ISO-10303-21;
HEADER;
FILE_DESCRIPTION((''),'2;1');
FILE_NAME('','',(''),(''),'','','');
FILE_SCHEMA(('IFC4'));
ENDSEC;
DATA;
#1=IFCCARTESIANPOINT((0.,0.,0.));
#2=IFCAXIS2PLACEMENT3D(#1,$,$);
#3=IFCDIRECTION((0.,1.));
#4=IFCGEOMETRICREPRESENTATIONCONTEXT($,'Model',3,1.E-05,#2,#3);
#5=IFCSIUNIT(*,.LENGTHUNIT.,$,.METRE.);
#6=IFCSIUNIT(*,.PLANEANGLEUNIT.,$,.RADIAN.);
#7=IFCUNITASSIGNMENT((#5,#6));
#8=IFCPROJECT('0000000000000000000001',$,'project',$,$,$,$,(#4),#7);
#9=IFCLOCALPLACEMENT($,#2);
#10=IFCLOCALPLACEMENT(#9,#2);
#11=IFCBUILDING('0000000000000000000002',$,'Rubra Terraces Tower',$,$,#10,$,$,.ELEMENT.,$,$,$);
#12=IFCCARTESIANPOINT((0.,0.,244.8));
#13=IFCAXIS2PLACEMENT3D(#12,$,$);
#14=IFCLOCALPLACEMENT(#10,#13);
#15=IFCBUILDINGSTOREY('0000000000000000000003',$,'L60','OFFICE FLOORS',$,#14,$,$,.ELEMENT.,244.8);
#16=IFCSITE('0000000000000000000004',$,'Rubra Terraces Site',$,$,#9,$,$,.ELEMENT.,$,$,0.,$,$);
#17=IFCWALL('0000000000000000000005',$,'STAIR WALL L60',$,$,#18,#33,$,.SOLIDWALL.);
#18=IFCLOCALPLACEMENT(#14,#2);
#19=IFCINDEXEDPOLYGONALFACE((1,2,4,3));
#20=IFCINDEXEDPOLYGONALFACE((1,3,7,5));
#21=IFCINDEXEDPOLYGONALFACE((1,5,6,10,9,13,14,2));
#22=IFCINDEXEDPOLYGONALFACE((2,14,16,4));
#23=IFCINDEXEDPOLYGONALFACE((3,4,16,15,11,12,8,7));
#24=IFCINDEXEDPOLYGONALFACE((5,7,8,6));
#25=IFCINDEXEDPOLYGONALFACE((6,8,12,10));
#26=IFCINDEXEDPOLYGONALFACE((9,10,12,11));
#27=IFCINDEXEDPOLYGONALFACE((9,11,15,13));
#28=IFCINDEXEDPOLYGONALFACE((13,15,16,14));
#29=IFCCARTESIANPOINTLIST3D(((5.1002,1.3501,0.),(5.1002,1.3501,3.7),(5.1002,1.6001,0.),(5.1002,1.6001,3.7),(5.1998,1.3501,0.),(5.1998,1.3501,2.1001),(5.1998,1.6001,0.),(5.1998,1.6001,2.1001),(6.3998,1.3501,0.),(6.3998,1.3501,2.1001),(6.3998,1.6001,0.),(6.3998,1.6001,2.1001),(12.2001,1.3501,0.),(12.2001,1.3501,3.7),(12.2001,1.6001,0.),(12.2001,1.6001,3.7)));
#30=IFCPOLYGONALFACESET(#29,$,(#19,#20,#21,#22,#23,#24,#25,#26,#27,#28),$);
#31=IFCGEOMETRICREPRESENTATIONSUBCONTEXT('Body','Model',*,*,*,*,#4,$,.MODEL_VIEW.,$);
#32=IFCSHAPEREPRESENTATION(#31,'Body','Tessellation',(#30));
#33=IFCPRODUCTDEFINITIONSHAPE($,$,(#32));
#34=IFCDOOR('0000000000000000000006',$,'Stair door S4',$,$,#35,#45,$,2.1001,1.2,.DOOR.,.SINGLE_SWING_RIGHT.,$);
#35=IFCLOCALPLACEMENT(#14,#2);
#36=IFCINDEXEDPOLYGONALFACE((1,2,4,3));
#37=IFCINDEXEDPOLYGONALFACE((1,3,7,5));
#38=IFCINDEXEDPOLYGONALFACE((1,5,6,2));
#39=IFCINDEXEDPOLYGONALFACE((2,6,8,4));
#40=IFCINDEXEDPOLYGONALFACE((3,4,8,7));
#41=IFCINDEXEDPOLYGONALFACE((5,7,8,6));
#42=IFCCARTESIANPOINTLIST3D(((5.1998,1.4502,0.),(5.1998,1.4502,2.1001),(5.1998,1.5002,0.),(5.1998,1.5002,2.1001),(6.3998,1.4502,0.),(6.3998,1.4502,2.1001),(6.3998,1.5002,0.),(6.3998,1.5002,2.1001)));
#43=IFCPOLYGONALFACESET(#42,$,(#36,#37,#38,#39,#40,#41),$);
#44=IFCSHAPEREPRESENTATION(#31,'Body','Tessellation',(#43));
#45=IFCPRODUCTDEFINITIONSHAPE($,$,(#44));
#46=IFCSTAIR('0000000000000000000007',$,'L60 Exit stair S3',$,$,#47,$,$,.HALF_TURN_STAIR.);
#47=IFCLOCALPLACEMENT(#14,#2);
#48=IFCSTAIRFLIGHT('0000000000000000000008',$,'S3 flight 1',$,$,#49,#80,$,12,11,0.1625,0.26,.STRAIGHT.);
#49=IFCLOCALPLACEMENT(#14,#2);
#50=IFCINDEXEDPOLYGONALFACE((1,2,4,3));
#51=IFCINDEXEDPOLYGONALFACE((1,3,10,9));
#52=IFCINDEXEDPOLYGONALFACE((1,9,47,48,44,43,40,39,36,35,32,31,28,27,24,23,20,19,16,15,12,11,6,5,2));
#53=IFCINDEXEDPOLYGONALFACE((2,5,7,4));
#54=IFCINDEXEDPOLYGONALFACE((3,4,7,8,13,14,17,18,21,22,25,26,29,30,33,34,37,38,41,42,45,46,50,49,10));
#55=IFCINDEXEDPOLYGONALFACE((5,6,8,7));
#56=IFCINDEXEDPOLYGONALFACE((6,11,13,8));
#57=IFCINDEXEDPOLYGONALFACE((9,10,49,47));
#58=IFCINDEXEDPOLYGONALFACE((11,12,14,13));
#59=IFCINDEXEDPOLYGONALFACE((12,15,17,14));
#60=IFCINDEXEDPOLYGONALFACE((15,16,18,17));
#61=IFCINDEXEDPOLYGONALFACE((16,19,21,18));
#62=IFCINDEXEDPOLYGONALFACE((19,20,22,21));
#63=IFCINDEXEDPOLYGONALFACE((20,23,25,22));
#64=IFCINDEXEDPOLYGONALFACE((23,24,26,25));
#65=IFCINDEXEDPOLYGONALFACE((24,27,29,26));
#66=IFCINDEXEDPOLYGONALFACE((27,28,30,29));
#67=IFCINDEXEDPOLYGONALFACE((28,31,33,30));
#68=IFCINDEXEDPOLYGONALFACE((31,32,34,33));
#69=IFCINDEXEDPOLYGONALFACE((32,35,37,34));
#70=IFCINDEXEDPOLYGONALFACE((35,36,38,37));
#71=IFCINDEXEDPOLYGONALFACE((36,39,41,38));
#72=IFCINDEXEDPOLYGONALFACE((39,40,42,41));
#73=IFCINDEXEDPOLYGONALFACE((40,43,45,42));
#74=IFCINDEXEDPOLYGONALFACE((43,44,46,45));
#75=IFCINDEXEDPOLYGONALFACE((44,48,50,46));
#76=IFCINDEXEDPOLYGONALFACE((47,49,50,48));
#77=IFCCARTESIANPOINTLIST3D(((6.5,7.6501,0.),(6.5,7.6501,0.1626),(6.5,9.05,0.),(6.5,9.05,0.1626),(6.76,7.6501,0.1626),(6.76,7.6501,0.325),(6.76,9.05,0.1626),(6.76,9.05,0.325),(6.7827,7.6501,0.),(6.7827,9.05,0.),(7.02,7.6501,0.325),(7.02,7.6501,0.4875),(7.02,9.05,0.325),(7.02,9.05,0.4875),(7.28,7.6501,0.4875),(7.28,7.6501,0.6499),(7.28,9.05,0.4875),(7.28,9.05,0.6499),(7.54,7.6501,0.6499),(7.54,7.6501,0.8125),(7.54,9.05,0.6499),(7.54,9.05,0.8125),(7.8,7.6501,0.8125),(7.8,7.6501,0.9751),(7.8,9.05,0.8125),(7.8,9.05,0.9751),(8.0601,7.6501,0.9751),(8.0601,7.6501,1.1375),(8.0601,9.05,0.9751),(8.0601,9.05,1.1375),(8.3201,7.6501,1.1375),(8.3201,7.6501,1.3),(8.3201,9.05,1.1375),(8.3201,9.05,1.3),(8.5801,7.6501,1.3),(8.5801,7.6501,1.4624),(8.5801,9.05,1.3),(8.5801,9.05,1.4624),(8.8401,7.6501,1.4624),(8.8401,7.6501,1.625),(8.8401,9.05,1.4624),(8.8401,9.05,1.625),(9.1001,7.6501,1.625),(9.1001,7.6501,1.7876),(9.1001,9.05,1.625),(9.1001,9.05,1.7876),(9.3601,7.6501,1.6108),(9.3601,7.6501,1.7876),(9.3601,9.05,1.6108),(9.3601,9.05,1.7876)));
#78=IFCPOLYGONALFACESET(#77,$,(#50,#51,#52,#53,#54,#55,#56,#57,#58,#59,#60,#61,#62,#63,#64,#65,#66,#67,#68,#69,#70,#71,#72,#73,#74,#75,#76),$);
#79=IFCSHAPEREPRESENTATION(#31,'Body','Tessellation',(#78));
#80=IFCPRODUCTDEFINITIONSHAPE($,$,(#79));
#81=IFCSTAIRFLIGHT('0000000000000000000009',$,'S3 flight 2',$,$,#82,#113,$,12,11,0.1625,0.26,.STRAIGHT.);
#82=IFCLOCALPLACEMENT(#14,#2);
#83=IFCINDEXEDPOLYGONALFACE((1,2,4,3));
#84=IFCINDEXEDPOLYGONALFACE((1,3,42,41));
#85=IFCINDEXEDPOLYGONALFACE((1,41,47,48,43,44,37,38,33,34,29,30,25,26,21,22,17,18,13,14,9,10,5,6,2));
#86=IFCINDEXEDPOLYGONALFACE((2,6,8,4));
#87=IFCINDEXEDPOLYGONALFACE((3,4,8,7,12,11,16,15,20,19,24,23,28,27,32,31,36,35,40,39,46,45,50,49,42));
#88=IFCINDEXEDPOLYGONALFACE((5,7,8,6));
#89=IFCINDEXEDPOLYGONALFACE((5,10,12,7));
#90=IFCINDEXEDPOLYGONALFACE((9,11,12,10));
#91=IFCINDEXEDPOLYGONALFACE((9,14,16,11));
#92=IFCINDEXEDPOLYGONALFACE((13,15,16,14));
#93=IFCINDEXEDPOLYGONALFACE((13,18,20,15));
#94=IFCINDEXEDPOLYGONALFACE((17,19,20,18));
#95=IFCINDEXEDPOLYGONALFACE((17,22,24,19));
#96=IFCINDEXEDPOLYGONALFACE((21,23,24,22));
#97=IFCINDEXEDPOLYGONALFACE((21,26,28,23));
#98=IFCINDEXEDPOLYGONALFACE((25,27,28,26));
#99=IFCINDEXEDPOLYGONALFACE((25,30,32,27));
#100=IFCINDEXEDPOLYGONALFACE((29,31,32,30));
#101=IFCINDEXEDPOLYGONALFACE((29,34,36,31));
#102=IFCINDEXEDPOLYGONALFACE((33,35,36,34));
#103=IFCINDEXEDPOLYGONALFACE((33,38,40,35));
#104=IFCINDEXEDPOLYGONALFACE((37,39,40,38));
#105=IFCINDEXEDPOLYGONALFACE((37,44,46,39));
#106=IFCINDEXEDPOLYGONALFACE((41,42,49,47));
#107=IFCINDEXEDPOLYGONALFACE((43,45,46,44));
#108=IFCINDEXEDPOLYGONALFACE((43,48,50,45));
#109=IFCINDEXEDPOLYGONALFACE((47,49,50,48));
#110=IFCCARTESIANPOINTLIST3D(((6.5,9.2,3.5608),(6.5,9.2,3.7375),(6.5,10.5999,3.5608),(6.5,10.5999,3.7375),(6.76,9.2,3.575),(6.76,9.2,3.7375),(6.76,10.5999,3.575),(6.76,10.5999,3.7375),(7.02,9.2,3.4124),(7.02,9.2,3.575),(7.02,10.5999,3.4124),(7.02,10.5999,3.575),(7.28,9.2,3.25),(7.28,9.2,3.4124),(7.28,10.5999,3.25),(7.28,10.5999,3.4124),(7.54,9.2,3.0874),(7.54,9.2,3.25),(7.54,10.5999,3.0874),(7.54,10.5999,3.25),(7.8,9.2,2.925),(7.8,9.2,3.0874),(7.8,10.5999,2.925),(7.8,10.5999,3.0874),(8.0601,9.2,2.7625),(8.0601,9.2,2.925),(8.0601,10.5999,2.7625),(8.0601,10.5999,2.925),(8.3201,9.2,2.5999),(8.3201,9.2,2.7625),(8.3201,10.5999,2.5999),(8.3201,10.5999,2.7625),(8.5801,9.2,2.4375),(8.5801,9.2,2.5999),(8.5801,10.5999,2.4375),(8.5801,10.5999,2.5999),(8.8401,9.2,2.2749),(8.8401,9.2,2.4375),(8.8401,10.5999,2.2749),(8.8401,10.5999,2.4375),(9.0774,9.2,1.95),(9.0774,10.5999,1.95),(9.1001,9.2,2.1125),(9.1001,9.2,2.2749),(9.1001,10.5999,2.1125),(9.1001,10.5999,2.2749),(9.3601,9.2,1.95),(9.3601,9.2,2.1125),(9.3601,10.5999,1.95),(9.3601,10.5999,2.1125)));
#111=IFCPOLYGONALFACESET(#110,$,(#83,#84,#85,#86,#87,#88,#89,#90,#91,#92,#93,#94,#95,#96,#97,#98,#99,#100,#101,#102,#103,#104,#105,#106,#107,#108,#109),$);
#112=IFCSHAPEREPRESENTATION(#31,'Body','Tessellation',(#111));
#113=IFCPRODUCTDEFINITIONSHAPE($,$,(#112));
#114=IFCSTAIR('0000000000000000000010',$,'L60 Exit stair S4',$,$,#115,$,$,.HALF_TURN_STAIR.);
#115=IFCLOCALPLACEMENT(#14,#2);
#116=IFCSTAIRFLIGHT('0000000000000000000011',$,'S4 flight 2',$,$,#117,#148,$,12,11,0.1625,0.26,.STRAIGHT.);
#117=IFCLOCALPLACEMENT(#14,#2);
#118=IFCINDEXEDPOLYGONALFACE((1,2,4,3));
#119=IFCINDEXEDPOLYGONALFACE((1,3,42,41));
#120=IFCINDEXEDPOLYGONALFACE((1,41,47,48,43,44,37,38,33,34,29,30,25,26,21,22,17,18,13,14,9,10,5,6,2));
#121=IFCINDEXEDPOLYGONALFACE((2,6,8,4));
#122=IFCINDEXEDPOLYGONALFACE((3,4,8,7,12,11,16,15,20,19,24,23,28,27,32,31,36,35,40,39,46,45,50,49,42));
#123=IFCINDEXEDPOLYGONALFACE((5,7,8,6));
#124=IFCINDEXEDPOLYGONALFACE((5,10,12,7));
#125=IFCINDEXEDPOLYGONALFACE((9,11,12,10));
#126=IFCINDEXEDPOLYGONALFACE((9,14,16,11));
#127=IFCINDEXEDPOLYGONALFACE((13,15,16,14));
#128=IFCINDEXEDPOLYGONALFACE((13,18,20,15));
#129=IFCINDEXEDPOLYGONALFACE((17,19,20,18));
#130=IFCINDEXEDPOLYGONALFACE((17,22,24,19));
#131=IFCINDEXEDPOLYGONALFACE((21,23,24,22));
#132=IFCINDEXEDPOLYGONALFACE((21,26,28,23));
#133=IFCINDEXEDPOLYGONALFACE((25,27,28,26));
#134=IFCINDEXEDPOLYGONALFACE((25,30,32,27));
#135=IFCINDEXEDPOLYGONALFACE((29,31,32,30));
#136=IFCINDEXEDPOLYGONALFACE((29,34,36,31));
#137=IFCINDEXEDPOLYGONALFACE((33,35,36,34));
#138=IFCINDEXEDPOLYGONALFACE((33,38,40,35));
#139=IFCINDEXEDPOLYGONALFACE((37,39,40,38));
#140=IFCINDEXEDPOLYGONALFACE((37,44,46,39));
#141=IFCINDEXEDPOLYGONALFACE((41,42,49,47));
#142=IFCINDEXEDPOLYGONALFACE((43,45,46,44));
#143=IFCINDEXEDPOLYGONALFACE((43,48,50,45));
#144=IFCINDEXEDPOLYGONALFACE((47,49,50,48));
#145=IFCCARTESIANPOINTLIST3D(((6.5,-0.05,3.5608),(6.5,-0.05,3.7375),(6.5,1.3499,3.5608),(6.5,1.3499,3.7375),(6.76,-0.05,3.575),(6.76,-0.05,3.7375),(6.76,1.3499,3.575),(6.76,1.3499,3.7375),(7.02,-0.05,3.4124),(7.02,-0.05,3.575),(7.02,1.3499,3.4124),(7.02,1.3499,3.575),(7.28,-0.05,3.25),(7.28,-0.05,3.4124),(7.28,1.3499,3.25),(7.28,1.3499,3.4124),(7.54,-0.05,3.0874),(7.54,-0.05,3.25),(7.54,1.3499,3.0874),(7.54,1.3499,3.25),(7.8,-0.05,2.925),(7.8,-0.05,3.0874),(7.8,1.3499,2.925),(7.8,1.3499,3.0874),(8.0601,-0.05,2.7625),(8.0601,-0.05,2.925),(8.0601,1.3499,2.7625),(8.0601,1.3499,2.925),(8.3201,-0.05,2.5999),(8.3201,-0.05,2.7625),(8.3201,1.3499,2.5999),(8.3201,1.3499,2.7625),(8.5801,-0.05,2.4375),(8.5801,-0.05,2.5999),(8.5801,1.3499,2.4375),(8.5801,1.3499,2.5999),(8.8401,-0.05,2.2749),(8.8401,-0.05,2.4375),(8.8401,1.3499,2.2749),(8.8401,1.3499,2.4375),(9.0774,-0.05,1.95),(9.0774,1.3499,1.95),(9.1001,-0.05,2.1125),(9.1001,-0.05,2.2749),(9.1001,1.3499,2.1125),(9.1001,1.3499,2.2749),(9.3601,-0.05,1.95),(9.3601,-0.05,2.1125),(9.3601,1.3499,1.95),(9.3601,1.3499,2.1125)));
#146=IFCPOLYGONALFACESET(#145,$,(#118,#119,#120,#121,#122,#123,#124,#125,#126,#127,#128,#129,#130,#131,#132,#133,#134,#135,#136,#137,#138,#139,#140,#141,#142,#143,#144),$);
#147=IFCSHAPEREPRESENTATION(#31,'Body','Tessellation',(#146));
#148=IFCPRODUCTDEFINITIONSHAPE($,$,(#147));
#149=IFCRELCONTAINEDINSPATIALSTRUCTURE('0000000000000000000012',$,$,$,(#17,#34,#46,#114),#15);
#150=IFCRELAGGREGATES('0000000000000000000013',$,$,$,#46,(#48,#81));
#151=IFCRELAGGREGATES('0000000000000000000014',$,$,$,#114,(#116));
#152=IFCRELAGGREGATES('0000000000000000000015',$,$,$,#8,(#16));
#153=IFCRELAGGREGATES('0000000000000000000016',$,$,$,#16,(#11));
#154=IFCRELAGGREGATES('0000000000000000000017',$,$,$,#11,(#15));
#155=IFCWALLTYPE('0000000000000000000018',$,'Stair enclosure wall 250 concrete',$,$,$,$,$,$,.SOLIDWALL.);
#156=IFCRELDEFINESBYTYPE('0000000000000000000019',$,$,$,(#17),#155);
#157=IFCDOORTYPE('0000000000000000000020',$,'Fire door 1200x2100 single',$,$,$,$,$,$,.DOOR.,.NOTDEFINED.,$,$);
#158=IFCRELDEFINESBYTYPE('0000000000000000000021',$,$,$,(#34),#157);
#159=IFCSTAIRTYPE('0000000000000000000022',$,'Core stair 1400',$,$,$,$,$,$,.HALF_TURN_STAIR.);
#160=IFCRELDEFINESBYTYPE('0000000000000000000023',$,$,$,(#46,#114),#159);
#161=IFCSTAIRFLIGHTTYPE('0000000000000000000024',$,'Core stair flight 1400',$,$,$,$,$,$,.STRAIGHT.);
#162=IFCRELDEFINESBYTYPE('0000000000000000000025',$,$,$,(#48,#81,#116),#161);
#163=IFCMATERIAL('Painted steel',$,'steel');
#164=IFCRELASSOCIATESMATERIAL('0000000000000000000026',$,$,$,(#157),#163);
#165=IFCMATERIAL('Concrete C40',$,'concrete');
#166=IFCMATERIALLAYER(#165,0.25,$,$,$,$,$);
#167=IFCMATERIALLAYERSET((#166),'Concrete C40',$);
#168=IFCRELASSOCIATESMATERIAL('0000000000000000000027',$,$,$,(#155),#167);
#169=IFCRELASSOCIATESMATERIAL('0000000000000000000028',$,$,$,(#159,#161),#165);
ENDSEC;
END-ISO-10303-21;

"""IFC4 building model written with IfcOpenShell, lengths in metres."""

from ifc_helpers import new_model, si_unit, direction, frame, frame_2d, origin, place, context, subcontext, project, spatial, polyline, rectangle, outline, extrude, material, layer, layer_set, type_object, element, fill, aggregate, save


model = new_model("IFC4")

# Units and contexts
model_context = context("Model", 3, precision=1e-05, world=origin(), true_north=direction((0.0, 1.0)))
body_context = subcontext(model_context, "Body", "Model", "MODEL_VIEW")
ifc_project = project(units=[si_unit("LENGTHUNIT", "METRE"), si_unit("PLANEANGLEUNIT", "RADIAN")], contexts=[model_context])

# Site, building, storey
site_placement = place(None, origin())
site = spatial("IfcSite", under=ifc_project, at=site_placement, Name="Rubra Terraces Site", CompositionType="ELEMENT", RefElevation=0.0)
building_placement = place(site_placement, origin())
building = spatial("IfcBuilding", under=site, at=building_placement, Name="Rubra Terraces Tower", CompositionType="ELEMENT")
storey_placement = place(building_placement, frame((0.0, 0.0, 244.8)))
storey = spatial("IfcBuildingStorey", under=building, at=storey_placement, Name="L60", Description="OFFICE FLOORS", CompositionType="ELEMENT", Elevation=244.8)

# Shared definitions
ifc_material_1 = material(Name="Concrete C40", Category="concrete")

# Shared definitions
ifc_material_2 = material(Name="Painted steel", Category="steel")
door_type_1 = type_object("IfcDoorType", Name="Fire door 1200x2100 single", OperationType="NOTDEFINED", PredefinedType="DOOR", material=ifc_material_2)

# Wall, opening, door
ifc_layer_1 = layer(ifc_material_1, 0.25)
ifc_layer_set_1 = layer_set([ifc_layer_1], Name="Concrete C40")
wall_type_1 = type_object("IfcWallType", Name="Stair enclosure wall 250 concrete", PredefinedType="SOLIDWALL", material=ifc_layer_set_1)
wall_1_placement = place(storey_placement, frame((12.2, 1.4751, 0.0), z_axis=(0.0, 0.0, 1.0), x_axis=(-1.0, 0.0, 0.0)))
wall_1 = element("IfcWall", 1, at=wall_1_placement, inside=storey, type_object=wall_type_1, Name="STAIR WALL L60", PredefinedType="SOLIDWALL", context=body_context, shape_type="SweptSolid", body=[
    extrude(rectangle(XDim=7.0999, YDim=0.25, at=frame_2d((3.5498, 0.0))), origin(), (0.0, 0.0, 1.0), 3.7),
])
opening_1_placement = place(wall_1_placement, frame((5.8, 0.0, 0.0)))
opening_1 = element("IfcOpeningElement", 2, at=opening_1_placement, cuts=wall_1, PredefinedType="OPENING", context=body_context, shape_type="SweptSolid", body=[
    extrude(rectangle(XDim=1.2, YDim=2.1001, at=frame_2d((0.6001, 1.05))), frame((0.0, 0.135, 0.0), z_axis=(0.0, -1.0, 0.0), x_axis=(1.0, 0.0, 0.0)), (0.0, 0.0, 1.0), 0.27),
])
door_1_placement = place(opening_1_placement, origin())
door_1 = element("IfcDoor", 3, at=door_1_placement, inside=storey, type_object=door_type_1, Name="Stair door S4", OperationType="SINGLE_SWING_RIGHT", OverallHeight=2.1001, OverallWidth=1.2, PredefinedType="DOOR", context=body_context, shape_type="SweptSolid", body=[
    extrude(rectangle(XDim=1.2, YDim=2.1001, at=frame_2d((0.6001, 1.05))), frame((0.0, 0.0249, 0.0), z_axis=(0.0, -1.0, 0.0), x_axis=(1.0, 0.0, 0.0)), (0.0, 0.0, 1.0), 0.05),
])
fill(opening_1, door_1)

# Stair, stair flights
stair_type = type_object("IfcStairType", Name="Core stair 1400", PredefinedType="HALF_TURN_STAIR", material=ifc_material_1)
stair_1_placement = place(storey_placement, origin())
stair_1 = element("IfcStair", 4, at=stair_1_placement, inside=storey, type_object=stair_type, Name="L60 Exit stair S3", PredefinedType="HALF_TURN_STAIR")
stair_flight_type = type_object("IfcStairFlightType", Name="Core stair flight 1400", PredefinedType="STRAIGHT", material=ifc_material_1)
stair_flight_1_placement = place(storey_placement, frame((6.5, 8.3501, 0.0), z_axis=(0.0, 0.0, 1.0), x_axis=(1.0, 0.0, 0.0)))
stair_flight_1 = element("IfcStairFlight", 5, at=stair_flight_1_placement, type_object=stair_flight_type, Name="S3 flight 1", NumberOfRisers=12, NumberOfTreads=11, PredefinedType="STRAIGHT", RiserHeight=0.1625, TreadLength=0.26, context=body_context, shape_type="SweptSolid", body=[
    extrude(outline(polyline([(0.0, 0.0), (0.0, 0.1626), (0.26, 0.1626), (0.26, 0.325), (0.52, 0.325), (0.52, 0.4875), (0.78, 0.4875), (0.78, 0.6499), (1.04, 0.6499), (1.04, 0.8125), (1.3, 0.8125), (1.3, 0.9751), (1.5601, 0.9751), (1.5601, 1.1375), (1.8201, 1.1375), (1.8201, 1.3), (2.0801, 1.3), (2.0801, 1.4624), (2.3401, 1.4624), (2.3401, 1.625), (2.6001, 1.625), (2.6001, 1.7876), (2.8601, 1.7876), (2.8601, 1.95), (2.8601, 1.6108), (0.2827, 0.0), (0.0, 0.0)])), frame((0.0, 0.7, 0.0), z_axis=(0.0, -1.0, 0.0), x_axis=(1.0, 0.0, 0.0)), (0.0, 0.0, 1.0), 1.3999),
])
stair_flight_2_placement = place(storey_placement, frame((9.3601, 9.8999, 1.95), z_axis=(0.0, 0.0, 1.0), x_axis=(-1.0, 0.0, 0.0)))
stair_flight_2 = element("IfcStairFlight", 6, at=stair_flight_2_placement, type_object=stair_flight_type, Name="S3 flight 2", NumberOfRisers=12, NumberOfTreads=11, PredefinedType="STRAIGHT", RiserHeight=0.1625, TreadLength=0.26, context=body_context, shape_type="SweptSolid", body=[
    extrude(outline(polyline([(0.0, 0.0), (0.0, 0.1626), (0.26, 0.1626), (0.26, 0.325), (0.52, 0.325), (0.52, 0.4875), (0.78, 0.4875), (0.78, 0.6499), (1.04, 0.6499), (1.04, 0.8125), (1.3, 0.8125), (1.3, 0.9751), (1.5601, 0.9751), (1.5601, 1.1375), (1.8201, 1.1375), (1.8201, 1.3), (2.0801, 1.3), (2.0801, 1.4624), (2.3401, 1.4624), (2.3401, 1.625), (2.6001, 1.625), (2.6001, 1.7876), (2.8601, 1.7876), (2.8601, 1.95), (2.8601, 1.6108), (0.2827, 0.0), (0.0, 0.0)])), frame((0.0, 0.7, 0.0), z_axis=(0.0, -1.0, 0.0), x_axis=(1.0, 0.0, 0.0)), (0.0, 0.0, 1.0), 1.3999),
])
aggregate(stair_1, [stair_flight_1, stair_flight_2])

# Stair, stair flight
stair_2_placement = place(storey_placement, origin())
stair_2 = element("IfcStair", 7, at=stair_2_placement, inside=storey, type_object=stair_type, Name="L60 Exit stair S4", PredefinedType="HALF_TURN_STAIR")
stair_flight_3_placement = place(storey_placement, frame((9.3601, 0.6499, 1.95), z_axis=(0.0, 0.0, 1.0), x_axis=(-1.0, 0.0, 0.0)))
stair_flight_3 = element("IfcStairFlight", 8, at=stair_flight_3_placement, type_object=stair_flight_type, Name="S4 flight 2", NumberOfRisers=12, NumberOfTreads=11, PredefinedType="STRAIGHT", RiserHeight=0.1625, TreadLength=0.26, context=body_context, shape_type="SweptSolid", body=[
    extrude(outline(polyline([(0.0, 0.0), (0.0, 0.1626), (0.26, 0.1626), (0.26, 0.325), (0.52, 0.325), (0.52, 0.4875), (0.78, 0.4875), (0.78, 0.6499), (1.04, 0.6499), (1.04, 0.8125), (1.3, 0.8125), (1.3, 0.9751), (1.5601, 0.9751), (1.5601, 1.1375), (1.8201, 1.1375), (1.8201, 1.3), (2.0801, 1.3), (2.0801, 1.4624), (2.3401, 1.4624), (2.3401, 1.625), (2.6001, 1.625), (2.6001, 1.7876), (2.8601, 1.7876), (2.8601, 1.95), (2.8601, 1.6108), (0.2827, 0.0), (0.0, 0.0)])), frame((0.0, 0.7, 0.0), z_axis=(0.0, -1.0, 0.0), x_axis=(1.0, 0.0, 0.0)), (0.0, 0.0, 1.0), 1.3999),
])
aggregate(stair_2, [stair_flight_3])

save(model, "model.ifc")
